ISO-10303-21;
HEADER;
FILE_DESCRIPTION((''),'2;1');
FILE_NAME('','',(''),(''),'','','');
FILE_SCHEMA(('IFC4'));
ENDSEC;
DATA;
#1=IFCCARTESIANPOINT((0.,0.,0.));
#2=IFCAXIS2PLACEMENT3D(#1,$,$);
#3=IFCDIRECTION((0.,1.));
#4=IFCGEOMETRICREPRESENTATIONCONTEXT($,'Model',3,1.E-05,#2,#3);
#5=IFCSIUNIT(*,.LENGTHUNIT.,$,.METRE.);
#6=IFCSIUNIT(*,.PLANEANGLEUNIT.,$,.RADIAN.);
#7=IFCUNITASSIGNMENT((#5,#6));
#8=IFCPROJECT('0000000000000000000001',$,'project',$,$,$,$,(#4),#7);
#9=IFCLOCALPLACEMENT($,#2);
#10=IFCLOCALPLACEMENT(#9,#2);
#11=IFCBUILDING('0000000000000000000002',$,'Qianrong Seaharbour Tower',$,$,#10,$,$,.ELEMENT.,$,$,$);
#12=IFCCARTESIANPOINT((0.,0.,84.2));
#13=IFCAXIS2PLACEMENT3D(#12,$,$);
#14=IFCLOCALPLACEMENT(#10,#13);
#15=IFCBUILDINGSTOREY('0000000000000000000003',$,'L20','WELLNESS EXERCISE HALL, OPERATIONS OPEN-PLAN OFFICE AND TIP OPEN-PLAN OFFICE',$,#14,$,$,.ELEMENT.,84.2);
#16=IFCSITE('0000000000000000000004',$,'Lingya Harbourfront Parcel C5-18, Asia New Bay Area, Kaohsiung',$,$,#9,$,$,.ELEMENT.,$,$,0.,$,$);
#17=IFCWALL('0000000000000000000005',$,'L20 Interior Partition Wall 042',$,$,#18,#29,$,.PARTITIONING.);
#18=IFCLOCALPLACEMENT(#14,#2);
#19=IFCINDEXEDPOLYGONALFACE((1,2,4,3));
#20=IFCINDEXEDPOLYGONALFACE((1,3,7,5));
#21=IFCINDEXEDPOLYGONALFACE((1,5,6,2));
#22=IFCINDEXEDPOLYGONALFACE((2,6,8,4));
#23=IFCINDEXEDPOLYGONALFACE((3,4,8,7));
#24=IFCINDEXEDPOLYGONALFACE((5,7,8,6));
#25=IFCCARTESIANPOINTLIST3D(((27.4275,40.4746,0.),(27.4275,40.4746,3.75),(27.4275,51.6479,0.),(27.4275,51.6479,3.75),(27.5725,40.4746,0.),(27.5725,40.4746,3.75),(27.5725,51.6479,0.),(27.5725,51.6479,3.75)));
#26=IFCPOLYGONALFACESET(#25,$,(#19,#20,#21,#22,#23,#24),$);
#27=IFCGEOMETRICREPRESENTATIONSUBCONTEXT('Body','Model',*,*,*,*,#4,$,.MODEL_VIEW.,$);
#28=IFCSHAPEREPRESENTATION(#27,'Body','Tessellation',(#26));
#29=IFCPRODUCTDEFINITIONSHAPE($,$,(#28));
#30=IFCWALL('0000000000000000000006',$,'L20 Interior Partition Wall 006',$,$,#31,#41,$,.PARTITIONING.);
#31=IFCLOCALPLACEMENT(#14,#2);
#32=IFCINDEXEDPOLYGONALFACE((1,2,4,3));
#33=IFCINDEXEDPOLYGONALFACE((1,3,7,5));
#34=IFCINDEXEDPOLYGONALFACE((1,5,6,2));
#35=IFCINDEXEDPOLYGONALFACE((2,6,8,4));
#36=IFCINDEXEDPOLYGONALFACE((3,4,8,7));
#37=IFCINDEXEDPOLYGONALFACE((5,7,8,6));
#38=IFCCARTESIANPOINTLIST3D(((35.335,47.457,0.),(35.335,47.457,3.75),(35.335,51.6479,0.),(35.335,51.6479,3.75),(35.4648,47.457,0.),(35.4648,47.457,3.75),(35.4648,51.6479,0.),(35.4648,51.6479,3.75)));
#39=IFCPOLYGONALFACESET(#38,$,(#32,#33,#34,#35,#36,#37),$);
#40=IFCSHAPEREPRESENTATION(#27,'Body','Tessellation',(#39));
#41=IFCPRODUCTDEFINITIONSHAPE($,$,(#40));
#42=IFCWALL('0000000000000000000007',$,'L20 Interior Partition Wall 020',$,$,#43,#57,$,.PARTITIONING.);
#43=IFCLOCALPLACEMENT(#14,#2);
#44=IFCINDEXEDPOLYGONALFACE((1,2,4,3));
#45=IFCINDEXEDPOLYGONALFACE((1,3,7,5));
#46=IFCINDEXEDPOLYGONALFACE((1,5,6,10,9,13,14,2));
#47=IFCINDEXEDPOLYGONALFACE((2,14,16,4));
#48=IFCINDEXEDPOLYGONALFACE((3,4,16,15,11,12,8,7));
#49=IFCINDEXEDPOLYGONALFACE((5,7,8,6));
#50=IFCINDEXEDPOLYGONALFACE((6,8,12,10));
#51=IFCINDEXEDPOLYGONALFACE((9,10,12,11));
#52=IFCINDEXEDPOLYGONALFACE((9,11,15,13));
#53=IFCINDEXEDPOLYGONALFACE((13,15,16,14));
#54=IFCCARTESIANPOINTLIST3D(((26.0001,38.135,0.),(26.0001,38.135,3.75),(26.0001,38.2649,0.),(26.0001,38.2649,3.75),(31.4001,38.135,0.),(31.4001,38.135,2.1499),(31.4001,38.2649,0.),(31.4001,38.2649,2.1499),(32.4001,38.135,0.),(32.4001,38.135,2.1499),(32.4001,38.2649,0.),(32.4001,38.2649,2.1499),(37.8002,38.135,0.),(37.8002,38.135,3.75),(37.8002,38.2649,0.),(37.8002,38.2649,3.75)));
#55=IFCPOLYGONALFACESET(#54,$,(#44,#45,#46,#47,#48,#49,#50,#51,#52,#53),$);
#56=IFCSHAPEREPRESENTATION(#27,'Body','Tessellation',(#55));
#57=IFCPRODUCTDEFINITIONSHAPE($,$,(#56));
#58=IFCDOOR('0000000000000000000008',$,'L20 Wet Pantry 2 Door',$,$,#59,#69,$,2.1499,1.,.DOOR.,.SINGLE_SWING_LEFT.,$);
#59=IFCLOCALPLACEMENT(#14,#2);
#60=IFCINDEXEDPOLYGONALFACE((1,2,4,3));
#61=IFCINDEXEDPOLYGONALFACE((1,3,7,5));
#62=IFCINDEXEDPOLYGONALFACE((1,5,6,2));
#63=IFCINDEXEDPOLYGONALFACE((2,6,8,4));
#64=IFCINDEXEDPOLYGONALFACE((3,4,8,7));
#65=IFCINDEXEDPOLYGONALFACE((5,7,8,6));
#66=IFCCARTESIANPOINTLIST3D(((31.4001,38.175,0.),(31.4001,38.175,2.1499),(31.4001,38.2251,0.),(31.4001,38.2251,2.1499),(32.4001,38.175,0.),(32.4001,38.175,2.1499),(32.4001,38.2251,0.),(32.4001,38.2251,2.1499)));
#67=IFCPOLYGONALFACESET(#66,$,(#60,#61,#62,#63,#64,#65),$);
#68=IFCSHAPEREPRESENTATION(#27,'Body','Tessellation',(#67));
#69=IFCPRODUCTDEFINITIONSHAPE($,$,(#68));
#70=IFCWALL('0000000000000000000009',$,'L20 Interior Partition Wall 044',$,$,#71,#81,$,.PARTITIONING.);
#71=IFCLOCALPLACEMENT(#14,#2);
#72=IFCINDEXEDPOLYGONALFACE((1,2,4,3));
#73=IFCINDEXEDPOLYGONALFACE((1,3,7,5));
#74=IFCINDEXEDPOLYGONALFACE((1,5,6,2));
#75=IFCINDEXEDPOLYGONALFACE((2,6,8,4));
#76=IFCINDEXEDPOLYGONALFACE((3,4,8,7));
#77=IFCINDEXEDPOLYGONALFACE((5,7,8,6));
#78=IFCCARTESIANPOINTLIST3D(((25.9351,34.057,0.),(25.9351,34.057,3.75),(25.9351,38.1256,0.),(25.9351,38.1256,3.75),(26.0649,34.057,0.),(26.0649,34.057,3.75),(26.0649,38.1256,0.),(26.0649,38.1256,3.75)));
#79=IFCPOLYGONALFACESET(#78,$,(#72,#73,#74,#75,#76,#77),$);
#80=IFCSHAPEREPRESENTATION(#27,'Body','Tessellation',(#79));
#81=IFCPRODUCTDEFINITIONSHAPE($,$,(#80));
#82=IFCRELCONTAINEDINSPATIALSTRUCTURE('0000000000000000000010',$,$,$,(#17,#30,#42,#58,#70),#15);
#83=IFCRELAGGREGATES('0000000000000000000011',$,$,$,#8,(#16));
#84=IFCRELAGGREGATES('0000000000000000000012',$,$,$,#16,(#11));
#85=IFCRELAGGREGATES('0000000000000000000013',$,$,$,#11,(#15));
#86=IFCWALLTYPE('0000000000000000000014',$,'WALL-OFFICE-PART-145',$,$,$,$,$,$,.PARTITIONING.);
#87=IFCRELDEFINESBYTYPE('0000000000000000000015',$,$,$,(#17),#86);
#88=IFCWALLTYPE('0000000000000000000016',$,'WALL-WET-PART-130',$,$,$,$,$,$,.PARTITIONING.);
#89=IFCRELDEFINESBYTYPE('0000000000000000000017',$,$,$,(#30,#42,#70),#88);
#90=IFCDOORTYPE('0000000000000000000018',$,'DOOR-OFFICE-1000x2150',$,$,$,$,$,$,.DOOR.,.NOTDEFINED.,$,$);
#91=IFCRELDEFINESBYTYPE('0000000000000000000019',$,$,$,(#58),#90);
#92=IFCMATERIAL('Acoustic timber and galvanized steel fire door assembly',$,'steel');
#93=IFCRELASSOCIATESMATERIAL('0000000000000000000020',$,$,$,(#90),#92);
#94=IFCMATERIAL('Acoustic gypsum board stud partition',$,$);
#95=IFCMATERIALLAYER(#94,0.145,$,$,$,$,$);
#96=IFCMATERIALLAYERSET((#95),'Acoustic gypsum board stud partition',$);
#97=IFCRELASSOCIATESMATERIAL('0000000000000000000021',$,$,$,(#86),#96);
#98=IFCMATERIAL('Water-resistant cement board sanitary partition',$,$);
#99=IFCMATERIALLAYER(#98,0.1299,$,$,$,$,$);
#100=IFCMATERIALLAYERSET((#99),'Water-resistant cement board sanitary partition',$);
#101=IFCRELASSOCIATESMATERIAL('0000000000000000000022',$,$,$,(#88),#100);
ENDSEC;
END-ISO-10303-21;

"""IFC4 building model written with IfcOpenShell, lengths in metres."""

from ifc_helpers import new_model, si_unit, direction, frame, frame_2d, origin, place, context, subcontext, project, spatial, rectangle, extrude, material, layer, layer_set, type_object, element, fill, save


model = new_model("IFC4")

# Units and contexts
model_context = context("Model", 3, precision=1e-05, world=origin(), true_north=direction((0.0, 1.0)))
body_context = subcontext(model_context, "Body", "Model", "MODEL_VIEW")
ifc_project = project(units=[si_unit("LENGTHUNIT", "METRE"), si_unit("PLANEANGLEUNIT", "RADIAN")], contexts=[model_context])

# Site, building, storey
site_placement = place(None, origin())
site = spatial("IfcSite", under=ifc_project, at=site_placement, Name="Lingya Harbourfront Parcel C5-18, Asia New Bay Area, Kaohsiung", CompositionType="ELEMENT", RefElevation=0.0)
building_placement = place(site_placement, origin())
building = spatial("IfcBuilding", under=site, at=building_placement, Name="Qianrong Seaharbour Tower", CompositionType="ELEMENT")
storey_placement = place(building_placement, frame((0.0, 0.0, 84.2)))
storey = spatial("IfcBuildingStorey", under=building, at=storey_placement, Name="L20", Description="WELLNESS EXERCISE HALL, OPERATIONS OPEN-PLAN OFFICE AND TIP OPEN-PLAN OFFICE", CompositionType="ELEMENT", Elevation=84.2)

# Shared definitions
ifc_material_1 = material(Name="Acoustic timber and galvanized steel fire door assembly", Category="steel")
door_type_1 = type_object("IfcDoorType", Name="DOOR-OFFICE-1000x2150", OperationType="NOTDEFINED", PredefinedType="DOOR", material=ifc_material_1)

# Walls
ifc_material_2 = material(Name="Acoustic gypsum board stud partition")
ifc_layer_1 = layer(ifc_material_2, 0.145)
ifc_layer_set_1 = layer_set([ifc_layer_1], Name="Acoustic gypsum board stud partition")
wall_type_1 = type_object("IfcWallType", Name="WALL-OFFICE-PART-145", PredefinedType="PARTITIONING", material=ifc_layer_set_1)
wall_1_placement = place(storey_placement, frame((27.5, 51.6479, 0.0), z_axis=(0.0, 0.0, 1.0), x_axis=(0.0, -1.0, 0.0)))
element("IfcWall", 1, at=wall_1_placement, inside=storey, type_object=wall_type_1, Name="L20 Interior Partition Wall 042", PredefinedType="PARTITIONING", context=body_context, shape_type="SweptSolid", body=[
    extrude(rectangle(XDim=11.1733, YDim=0.145, at=frame_2d((5.5867, 0.0))), origin(), (0.0, 0.0, 1.0), 3.75),
])
ifc_material_3 = material(Name="Water-resistant cement board sanitary partition")
ifc_layer_2 = layer(ifc_material_3, 0.1299)
ifc_layer_set_2 = layer_set([ifc_layer_2], Name="Water-resistant cement board sanitary partition")
wall_type_2 = type_object("IfcWallType", Name="WALL-WET-PART-130", PredefinedType="PARTITIONING", material=ifc_layer_set_2)
wall_2_placement = place(storey_placement, frame((35.3999, 47.457, 0.0), z_axis=(0.0, 0.0, 1.0), x_axis=(0.0, 1.0, 0.0)))
element("IfcWall", 2, at=wall_2_placement, inside=storey, type_object=wall_type_2, Name="L20 Interior Partition Wall 006", PredefinedType="PARTITIONING", context=body_context, shape_type="SweptSolid", body=[
    extrude(rectangle(XDim=4.1909, YDim=0.1299, at=frame_2d((2.0955, 0.0))), origin(), (0.0, 0.0, 1.0), 3.75),
])

# Wall, opening, door
wall_3_placement = place(storey_placement, frame((37.8, 38.2, 0.0), z_axis=(0.0, 0.0, 1.0), x_axis=(-1.0, 0.0, 0.0)))
wall_3 = element("IfcWall", 3, at=wall_3_placement, inside=storey, type_object=wall_type_2, Name="L20 Interior Partition Wall 020", PredefinedType="PARTITIONING", context=body_context, shape_type="SweptSolid", body=[
    extrude(rectangle(XDim=11.8, YDim=0.1299, at=frame_2d((5.8999, 0.0))), origin(), (0.0, 0.0, 1.0), 3.75),
])
opening_1_placement = place(wall_3_placement, frame((5.3999, 0.0, 0.0)))
opening_1 = element("IfcOpeningElement", 4, at=opening_1_placement, cuts=wall_3, PredefinedType="OPENING", context=body_context, shape_type="SweptSolid", body=[
    extrude(rectangle(XDim=1.0, YDim=2.1499, at=frame_2d((0.5, 1.075))), frame((0.0, 0.075, 0.0), z_axis=(0.0, -1.0, 0.0), x_axis=(1.0, 0.0, 0.0)), (0.0, 0.0, 1.0), 0.1499),
])
door_1_placement = place(opening_1_placement, origin())
door_1 = element("IfcDoor", 5, at=door_1_placement, inside=storey, type_object=door_type_1, Name="L20 Wet Pantry 2 Door", OperationType="SINGLE_SWING_LEFT", OverallHeight=2.1499, OverallWidth=1.0, PredefinedType="DOOR", context=body_context, shape_type="SweptSolid", body=[
    extrude(rectangle(XDim=1.0, YDim=2.1499, at=frame_2d((0.5, 1.075))), frame((0.0, 0.0249, 0.0), z_axis=(0.0, -1.0, 0.0), x_axis=(1.0, 0.0, 0.0)), (0.0, 0.0, 1.0), 0.05),
])
fill(opening_1, door_1)

# Wall
wall_4_placement = place(storey_placement, frame((26.0, 38.1255, 0.0), z_axis=(0.0, 0.0, 1.0), x_axis=(0.0, -1.0, 0.0)))
element("IfcWall", 6, at=wall_4_placement, inside=storey, type_object=wall_type_2, Name="L20 Interior Partition Wall 044", PredefinedType="PARTITIONING", context=body_context, shape_type="SweptSolid", body=[
    extrude(rectangle(XDim=4.0686, YDim=0.1299, at=frame_2d((2.0342, 0.0))), origin(), (0.0, 0.0, 1.0), 3.75),
])

save(model, "model.ifc")
